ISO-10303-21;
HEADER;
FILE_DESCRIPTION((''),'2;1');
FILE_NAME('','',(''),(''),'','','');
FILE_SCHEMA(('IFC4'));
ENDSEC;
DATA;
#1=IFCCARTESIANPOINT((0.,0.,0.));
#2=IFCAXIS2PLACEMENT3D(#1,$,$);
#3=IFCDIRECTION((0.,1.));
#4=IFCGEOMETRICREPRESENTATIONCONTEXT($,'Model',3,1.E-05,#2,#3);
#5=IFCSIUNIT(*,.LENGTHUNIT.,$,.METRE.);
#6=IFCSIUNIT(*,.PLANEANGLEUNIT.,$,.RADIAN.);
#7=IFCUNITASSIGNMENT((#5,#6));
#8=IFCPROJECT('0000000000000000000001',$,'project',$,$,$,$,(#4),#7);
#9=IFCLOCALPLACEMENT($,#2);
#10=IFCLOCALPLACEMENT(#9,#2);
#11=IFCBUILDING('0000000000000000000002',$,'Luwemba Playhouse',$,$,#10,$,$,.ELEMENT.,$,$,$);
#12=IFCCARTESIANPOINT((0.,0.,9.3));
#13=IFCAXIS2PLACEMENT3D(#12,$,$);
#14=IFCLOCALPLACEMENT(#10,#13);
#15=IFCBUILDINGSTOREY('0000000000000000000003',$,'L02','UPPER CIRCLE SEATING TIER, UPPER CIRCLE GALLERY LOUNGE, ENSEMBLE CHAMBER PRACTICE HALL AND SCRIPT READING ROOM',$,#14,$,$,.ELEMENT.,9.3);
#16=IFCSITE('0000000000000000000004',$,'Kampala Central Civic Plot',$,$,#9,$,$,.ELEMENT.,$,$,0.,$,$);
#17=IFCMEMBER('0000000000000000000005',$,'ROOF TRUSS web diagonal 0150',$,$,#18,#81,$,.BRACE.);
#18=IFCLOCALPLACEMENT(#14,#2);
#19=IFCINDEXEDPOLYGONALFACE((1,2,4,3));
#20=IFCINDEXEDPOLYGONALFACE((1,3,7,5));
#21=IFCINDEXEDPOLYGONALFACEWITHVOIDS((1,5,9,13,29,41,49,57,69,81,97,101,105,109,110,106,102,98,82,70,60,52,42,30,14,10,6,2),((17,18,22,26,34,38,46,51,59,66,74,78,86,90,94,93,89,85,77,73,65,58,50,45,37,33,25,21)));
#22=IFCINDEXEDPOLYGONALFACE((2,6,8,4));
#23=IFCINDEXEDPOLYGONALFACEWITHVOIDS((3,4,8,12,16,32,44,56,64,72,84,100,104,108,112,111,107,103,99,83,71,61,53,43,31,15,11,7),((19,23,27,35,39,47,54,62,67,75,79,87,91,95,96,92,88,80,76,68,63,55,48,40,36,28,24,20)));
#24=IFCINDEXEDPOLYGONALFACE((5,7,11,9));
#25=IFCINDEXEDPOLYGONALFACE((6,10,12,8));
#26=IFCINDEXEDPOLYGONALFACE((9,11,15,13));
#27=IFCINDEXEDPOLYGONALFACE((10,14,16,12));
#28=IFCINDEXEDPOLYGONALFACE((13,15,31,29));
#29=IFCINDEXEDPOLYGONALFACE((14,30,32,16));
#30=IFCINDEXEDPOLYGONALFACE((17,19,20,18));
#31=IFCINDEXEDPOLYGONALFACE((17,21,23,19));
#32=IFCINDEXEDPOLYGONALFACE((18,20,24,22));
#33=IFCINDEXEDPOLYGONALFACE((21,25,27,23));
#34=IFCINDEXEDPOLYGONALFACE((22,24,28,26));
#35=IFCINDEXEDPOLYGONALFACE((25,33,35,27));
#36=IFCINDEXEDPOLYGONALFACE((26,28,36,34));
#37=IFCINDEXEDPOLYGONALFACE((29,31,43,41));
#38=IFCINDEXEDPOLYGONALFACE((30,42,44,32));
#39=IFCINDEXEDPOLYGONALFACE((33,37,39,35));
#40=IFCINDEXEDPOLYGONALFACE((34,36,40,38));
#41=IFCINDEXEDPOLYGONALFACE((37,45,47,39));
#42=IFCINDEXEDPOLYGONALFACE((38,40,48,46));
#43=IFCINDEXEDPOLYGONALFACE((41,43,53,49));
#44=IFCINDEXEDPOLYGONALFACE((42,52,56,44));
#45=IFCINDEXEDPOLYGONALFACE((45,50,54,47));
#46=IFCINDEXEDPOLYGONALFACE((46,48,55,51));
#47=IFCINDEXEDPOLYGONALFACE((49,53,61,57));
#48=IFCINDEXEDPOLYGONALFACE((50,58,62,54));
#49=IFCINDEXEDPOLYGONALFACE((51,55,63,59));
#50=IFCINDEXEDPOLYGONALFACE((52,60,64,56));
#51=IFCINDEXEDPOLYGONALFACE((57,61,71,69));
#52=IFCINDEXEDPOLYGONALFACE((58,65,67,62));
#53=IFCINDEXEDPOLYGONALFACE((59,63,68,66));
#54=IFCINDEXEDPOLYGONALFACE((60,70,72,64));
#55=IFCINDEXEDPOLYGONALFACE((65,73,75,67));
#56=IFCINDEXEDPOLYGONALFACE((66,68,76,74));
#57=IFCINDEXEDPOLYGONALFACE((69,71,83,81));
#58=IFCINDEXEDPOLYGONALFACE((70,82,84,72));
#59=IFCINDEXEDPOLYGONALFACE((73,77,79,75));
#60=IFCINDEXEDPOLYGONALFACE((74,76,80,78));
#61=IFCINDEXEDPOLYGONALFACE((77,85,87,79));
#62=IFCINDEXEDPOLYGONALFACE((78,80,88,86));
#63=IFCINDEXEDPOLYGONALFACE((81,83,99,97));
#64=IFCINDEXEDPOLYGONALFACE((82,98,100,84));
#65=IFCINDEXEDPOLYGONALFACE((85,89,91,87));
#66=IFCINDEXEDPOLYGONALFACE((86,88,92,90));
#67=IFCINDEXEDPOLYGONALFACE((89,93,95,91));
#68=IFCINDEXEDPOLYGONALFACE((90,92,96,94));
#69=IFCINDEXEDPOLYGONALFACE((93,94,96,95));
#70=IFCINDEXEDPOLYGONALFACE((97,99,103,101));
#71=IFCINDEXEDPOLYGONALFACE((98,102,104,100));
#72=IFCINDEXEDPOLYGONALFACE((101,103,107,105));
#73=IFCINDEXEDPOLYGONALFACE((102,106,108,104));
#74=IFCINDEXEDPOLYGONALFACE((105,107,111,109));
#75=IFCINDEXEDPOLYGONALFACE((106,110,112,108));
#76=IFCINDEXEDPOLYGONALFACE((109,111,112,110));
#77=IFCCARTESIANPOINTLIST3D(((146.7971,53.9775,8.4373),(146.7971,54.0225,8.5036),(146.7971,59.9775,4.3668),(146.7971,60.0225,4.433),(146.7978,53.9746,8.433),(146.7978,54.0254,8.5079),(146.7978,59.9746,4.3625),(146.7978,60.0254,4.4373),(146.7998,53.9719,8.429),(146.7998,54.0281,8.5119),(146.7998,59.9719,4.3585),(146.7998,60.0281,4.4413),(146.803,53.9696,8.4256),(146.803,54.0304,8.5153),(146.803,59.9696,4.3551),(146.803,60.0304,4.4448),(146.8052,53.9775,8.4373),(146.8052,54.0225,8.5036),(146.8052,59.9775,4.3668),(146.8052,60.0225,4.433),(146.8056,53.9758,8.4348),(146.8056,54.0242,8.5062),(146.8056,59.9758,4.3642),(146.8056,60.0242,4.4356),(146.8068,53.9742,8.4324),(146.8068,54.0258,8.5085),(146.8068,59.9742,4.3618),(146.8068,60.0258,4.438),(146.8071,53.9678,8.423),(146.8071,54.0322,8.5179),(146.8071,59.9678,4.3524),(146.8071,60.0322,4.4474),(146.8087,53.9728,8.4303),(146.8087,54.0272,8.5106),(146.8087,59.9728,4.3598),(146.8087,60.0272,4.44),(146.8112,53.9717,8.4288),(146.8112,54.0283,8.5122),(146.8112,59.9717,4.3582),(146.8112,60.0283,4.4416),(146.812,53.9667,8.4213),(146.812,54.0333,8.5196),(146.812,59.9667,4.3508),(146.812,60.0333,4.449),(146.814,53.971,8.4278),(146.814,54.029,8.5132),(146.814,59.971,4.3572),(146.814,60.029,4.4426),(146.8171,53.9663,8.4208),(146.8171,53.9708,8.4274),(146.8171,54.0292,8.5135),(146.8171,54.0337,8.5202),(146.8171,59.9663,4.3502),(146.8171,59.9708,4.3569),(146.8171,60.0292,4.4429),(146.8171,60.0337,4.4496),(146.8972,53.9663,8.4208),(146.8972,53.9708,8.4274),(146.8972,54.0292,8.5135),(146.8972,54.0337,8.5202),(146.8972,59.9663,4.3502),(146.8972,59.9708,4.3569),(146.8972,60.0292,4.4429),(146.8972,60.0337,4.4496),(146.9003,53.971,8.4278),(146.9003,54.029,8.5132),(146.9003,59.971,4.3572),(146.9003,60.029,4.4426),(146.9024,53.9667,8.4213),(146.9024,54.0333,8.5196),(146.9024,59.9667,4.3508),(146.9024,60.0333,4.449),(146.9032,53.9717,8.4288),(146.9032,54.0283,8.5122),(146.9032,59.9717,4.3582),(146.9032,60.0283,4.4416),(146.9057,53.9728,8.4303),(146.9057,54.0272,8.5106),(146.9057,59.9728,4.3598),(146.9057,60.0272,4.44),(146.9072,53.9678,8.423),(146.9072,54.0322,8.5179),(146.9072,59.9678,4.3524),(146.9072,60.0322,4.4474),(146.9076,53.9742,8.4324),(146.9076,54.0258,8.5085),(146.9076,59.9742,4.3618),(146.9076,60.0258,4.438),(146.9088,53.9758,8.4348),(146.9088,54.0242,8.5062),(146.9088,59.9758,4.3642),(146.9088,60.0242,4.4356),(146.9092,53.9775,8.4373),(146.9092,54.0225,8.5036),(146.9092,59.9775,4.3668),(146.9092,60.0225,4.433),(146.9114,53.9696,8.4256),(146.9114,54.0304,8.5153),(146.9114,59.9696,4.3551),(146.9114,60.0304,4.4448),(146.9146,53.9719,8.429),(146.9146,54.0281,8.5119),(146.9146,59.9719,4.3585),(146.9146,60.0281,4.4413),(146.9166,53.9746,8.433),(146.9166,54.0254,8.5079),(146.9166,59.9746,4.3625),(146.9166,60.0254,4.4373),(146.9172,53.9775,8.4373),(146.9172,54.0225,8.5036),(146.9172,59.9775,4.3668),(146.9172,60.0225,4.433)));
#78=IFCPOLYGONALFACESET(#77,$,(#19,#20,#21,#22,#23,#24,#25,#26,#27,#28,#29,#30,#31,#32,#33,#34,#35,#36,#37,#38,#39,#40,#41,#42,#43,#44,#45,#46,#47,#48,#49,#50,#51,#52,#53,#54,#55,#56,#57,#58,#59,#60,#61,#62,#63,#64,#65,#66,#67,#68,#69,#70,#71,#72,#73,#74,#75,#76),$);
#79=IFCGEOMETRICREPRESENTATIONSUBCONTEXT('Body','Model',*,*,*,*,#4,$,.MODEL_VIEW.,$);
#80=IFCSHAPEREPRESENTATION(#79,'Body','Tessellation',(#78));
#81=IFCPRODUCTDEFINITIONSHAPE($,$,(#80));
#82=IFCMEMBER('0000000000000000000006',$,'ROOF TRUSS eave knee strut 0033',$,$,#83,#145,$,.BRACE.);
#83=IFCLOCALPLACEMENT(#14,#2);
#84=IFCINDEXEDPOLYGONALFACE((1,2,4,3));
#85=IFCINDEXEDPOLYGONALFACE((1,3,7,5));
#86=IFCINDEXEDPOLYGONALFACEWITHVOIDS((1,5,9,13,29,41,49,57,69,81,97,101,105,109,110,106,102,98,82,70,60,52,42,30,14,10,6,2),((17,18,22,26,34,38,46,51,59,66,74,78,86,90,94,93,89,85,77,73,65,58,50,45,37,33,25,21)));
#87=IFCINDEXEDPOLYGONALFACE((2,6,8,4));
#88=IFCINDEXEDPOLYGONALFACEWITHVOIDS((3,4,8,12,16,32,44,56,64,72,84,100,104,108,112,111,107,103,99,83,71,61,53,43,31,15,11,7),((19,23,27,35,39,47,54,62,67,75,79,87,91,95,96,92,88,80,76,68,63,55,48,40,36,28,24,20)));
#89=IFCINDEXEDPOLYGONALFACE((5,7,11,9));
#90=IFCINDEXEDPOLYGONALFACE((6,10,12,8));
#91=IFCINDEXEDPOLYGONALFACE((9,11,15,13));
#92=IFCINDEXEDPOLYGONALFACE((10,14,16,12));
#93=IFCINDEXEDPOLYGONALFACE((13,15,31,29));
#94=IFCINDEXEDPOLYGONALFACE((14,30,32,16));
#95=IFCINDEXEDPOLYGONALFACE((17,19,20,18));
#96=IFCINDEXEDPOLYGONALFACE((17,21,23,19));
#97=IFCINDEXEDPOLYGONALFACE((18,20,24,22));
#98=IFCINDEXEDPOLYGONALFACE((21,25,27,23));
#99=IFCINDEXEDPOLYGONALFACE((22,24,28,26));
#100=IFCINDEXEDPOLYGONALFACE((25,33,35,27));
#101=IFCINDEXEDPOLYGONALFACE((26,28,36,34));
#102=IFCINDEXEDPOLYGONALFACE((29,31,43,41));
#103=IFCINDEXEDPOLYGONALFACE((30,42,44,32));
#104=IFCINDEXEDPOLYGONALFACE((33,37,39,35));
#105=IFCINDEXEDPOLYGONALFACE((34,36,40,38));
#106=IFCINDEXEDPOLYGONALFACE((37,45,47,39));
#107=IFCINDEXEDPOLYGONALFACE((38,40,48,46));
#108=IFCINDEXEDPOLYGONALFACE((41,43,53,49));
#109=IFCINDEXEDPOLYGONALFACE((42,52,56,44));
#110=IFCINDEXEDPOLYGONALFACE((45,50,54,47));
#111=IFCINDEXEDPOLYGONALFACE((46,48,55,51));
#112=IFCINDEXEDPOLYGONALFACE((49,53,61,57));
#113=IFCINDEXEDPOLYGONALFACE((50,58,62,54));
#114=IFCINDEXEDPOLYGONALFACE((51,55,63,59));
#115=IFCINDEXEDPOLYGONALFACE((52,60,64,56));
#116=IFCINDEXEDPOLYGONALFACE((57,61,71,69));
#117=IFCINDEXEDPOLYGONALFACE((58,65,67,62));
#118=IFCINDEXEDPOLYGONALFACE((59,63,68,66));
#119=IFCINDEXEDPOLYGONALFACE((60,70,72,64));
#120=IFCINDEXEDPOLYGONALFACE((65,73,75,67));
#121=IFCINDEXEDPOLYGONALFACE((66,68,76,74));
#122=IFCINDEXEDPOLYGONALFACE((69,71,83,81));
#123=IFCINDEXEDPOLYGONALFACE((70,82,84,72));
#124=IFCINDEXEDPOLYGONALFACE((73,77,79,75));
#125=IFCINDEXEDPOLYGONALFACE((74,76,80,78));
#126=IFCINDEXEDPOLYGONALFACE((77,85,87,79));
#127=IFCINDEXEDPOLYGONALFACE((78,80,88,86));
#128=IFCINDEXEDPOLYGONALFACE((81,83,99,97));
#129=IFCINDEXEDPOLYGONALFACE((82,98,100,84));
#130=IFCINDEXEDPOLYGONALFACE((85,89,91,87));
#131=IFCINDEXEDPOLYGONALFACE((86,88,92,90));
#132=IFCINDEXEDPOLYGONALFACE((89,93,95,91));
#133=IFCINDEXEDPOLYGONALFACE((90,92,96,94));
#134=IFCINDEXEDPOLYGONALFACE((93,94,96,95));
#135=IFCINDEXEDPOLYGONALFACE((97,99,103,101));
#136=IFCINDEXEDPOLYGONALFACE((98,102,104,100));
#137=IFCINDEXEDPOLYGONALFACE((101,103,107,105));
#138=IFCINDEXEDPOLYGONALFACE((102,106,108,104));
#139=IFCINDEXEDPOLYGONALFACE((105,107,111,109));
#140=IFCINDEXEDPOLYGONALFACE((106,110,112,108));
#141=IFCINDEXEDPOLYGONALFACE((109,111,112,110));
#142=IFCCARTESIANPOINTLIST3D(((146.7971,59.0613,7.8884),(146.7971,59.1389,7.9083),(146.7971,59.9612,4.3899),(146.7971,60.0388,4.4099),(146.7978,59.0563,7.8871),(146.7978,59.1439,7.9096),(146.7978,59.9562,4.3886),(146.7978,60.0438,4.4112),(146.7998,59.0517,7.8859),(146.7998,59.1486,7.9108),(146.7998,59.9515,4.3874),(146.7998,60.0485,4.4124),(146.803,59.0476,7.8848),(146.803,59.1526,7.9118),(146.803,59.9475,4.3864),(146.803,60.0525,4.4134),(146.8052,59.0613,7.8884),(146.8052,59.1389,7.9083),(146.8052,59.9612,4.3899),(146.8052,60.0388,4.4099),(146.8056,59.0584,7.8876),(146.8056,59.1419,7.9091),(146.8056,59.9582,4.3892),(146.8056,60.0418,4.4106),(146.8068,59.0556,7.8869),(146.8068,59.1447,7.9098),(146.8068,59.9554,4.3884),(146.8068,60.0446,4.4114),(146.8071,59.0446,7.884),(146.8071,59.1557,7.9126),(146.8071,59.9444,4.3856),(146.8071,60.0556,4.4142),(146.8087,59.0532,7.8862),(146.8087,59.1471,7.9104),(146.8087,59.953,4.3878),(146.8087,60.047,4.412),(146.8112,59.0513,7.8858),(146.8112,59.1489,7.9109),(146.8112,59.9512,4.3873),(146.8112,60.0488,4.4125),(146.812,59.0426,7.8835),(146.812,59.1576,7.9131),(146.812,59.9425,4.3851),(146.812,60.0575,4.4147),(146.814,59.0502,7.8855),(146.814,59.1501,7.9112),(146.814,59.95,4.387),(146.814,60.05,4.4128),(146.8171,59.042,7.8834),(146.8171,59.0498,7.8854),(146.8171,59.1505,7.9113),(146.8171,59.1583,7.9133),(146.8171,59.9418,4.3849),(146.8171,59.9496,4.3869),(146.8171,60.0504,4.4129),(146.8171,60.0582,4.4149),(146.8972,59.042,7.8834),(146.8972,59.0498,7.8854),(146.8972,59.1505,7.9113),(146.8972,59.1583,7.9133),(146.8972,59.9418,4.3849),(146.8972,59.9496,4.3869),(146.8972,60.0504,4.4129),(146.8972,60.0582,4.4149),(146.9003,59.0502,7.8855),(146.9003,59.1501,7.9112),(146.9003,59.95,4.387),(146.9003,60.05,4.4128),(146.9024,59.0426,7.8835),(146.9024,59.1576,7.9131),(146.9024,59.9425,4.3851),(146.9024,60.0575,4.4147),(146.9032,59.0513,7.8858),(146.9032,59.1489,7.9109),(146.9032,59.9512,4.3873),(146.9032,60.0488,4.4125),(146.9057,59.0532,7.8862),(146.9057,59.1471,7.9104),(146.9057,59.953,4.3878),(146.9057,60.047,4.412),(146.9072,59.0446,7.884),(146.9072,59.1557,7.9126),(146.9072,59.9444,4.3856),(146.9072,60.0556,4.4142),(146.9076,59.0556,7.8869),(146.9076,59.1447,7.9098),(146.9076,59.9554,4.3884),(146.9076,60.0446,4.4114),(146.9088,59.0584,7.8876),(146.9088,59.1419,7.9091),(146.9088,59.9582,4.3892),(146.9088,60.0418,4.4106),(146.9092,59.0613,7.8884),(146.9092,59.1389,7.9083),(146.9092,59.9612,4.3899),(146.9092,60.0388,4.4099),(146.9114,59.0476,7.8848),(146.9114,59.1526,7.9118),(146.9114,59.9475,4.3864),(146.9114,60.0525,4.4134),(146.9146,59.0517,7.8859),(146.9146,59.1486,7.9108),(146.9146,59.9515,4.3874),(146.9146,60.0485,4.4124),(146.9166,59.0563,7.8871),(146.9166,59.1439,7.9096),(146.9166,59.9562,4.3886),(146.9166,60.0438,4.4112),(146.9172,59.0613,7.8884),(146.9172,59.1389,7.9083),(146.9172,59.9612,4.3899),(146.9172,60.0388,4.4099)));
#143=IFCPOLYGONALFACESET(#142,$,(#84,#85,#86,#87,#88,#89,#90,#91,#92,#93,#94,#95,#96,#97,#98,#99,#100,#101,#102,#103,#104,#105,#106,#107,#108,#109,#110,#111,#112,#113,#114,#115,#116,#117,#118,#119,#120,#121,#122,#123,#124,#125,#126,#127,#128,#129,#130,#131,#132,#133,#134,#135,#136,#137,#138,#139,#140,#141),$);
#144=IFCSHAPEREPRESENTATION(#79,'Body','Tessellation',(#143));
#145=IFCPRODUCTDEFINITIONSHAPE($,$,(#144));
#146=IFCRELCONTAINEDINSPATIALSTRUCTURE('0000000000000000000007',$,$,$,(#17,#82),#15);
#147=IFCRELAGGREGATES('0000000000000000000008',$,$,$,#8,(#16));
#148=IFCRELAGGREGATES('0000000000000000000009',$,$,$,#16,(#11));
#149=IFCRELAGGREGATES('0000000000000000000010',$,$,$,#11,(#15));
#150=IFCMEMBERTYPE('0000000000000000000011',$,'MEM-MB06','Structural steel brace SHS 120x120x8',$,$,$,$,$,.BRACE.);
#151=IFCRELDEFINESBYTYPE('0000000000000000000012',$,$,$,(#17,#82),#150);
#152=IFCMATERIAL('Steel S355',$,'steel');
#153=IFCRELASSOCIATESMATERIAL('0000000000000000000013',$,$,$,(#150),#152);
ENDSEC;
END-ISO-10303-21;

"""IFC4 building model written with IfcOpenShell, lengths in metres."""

from ifc_helpers import new_model, si_unit, direction, frame, origin, origin_2d, place, context, subcontext, project, spatial, hollow_rectangle, extrude, material, material_profile, profile_set, type_object, element, save


model = new_model("IFC4")

# Units and contexts
model_context = context("Model", 3, precision=1e-05, world=origin(), true_north=direction((0.0, 1.0)))
body_context = subcontext(model_context, "Body", "Model", "MODEL_VIEW")
ifc_project = project(units=[si_unit("LENGTHUNIT", "METRE"), si_unit("PLANEANGLEUNIT", "RADIAN")], contexts=[model_context])

# Site, building, storey
site_placement = place(None, origin())
site = spatial("IfcSite", under=ifc_project, at=site_placement, Name="Kampala Central Civic Plot", CompositionType="ELEMENT", RefElevation=0.0)
building_placement = place(site_placement, origin())
building = spatial("IfcBuilding", under=site, at=building_placement, Name="Luwemba Playhouse", CompositionType="ELEMENT")
storey_placement = place(building_placement, frame((0.0, 0.0, 9.3)))
storey = spatial("IfcBuildingStorey", under=building, at=storey_placement, Name="L02", Description="UPPER CIRCLE SEATING TIER, UPPER CIRCLE GALLERY LOUNGE, ENSEMBLE CHAMBER PRACTICE HALL AND SCRIPT READING ROOM", CompositionType="ELEMENT", Elevation=9.3)

# Shared definitions
ifc_material_1 = material(Name="Steel S355", Category="steel")

# Members
ifc_material_profile_1 = material_profile(ifc_material_1, hollow_rectangle(XDim=0.1201, YDim=0.1201, WallThickness=0.0081, InnerFilletRadius=0.012, OuterFilletRadius=0.02, at=origin_2d()))
ifc_profile_set_1 = profile_set([ifc_material_profile_1], Name="Steel S355")
member_type_1 = type_object("IfcMemberType", Name="MEM-MB06", Description="Structural steel brace SHS 120x120x8", PredefinedType="BRACE", material=ifc_profile_set_1)
member_1_placement = place(storey_placement, frame((146.8572, 60.0, 4.3999), z_axis=(0.0, -0.827532, 0.561419), x_axis=(1.0, 0.0, 0.0)))
element("IfcMember", 1, at=member_1_placement, inside=storey, type_object=member_type_1, Name="ROOF TRUSS web diagonal 0150", PredefinedType="BRACE", context=body_context, shape_type="SweptSolid", body=[
    extrude(hollow_rectangle(XDim=0.1201, YDim=0.1201, WallThickness=0.0081, InnerFilletRadius=0.012, OuterFilletRadius=0.02, at=origin_2d()), origin(), (0.0, 0.0, 1.0), 7.2505),
])
member_2_placement = place(storey_placement, frame((146.8572, 60.0, 4.3999), z_axis=(0.0, -0.249113, 0.968474), x_axis=(1.0, 0.0, 0.0)))
element("IfcMember", 2, at=member_2_placement, inside=storey, type_object=member_type_1, Name="ROOF TRUSS eave knee strut 0033", PredefinedType="BRACE", context=body_context, shape_type="SweptSolid", body=[
    extrude(hollow_rectangle(XDim=0.1201, YDim=0.1201, WallThickness=0.0081, InnerFilletRadius=0.012, OuterFilletRadius=0.02, at=origin_2d()), origin(), (0.0, 0.0, 1.0), 3.6123),
])

save(model, "model.ifc")
